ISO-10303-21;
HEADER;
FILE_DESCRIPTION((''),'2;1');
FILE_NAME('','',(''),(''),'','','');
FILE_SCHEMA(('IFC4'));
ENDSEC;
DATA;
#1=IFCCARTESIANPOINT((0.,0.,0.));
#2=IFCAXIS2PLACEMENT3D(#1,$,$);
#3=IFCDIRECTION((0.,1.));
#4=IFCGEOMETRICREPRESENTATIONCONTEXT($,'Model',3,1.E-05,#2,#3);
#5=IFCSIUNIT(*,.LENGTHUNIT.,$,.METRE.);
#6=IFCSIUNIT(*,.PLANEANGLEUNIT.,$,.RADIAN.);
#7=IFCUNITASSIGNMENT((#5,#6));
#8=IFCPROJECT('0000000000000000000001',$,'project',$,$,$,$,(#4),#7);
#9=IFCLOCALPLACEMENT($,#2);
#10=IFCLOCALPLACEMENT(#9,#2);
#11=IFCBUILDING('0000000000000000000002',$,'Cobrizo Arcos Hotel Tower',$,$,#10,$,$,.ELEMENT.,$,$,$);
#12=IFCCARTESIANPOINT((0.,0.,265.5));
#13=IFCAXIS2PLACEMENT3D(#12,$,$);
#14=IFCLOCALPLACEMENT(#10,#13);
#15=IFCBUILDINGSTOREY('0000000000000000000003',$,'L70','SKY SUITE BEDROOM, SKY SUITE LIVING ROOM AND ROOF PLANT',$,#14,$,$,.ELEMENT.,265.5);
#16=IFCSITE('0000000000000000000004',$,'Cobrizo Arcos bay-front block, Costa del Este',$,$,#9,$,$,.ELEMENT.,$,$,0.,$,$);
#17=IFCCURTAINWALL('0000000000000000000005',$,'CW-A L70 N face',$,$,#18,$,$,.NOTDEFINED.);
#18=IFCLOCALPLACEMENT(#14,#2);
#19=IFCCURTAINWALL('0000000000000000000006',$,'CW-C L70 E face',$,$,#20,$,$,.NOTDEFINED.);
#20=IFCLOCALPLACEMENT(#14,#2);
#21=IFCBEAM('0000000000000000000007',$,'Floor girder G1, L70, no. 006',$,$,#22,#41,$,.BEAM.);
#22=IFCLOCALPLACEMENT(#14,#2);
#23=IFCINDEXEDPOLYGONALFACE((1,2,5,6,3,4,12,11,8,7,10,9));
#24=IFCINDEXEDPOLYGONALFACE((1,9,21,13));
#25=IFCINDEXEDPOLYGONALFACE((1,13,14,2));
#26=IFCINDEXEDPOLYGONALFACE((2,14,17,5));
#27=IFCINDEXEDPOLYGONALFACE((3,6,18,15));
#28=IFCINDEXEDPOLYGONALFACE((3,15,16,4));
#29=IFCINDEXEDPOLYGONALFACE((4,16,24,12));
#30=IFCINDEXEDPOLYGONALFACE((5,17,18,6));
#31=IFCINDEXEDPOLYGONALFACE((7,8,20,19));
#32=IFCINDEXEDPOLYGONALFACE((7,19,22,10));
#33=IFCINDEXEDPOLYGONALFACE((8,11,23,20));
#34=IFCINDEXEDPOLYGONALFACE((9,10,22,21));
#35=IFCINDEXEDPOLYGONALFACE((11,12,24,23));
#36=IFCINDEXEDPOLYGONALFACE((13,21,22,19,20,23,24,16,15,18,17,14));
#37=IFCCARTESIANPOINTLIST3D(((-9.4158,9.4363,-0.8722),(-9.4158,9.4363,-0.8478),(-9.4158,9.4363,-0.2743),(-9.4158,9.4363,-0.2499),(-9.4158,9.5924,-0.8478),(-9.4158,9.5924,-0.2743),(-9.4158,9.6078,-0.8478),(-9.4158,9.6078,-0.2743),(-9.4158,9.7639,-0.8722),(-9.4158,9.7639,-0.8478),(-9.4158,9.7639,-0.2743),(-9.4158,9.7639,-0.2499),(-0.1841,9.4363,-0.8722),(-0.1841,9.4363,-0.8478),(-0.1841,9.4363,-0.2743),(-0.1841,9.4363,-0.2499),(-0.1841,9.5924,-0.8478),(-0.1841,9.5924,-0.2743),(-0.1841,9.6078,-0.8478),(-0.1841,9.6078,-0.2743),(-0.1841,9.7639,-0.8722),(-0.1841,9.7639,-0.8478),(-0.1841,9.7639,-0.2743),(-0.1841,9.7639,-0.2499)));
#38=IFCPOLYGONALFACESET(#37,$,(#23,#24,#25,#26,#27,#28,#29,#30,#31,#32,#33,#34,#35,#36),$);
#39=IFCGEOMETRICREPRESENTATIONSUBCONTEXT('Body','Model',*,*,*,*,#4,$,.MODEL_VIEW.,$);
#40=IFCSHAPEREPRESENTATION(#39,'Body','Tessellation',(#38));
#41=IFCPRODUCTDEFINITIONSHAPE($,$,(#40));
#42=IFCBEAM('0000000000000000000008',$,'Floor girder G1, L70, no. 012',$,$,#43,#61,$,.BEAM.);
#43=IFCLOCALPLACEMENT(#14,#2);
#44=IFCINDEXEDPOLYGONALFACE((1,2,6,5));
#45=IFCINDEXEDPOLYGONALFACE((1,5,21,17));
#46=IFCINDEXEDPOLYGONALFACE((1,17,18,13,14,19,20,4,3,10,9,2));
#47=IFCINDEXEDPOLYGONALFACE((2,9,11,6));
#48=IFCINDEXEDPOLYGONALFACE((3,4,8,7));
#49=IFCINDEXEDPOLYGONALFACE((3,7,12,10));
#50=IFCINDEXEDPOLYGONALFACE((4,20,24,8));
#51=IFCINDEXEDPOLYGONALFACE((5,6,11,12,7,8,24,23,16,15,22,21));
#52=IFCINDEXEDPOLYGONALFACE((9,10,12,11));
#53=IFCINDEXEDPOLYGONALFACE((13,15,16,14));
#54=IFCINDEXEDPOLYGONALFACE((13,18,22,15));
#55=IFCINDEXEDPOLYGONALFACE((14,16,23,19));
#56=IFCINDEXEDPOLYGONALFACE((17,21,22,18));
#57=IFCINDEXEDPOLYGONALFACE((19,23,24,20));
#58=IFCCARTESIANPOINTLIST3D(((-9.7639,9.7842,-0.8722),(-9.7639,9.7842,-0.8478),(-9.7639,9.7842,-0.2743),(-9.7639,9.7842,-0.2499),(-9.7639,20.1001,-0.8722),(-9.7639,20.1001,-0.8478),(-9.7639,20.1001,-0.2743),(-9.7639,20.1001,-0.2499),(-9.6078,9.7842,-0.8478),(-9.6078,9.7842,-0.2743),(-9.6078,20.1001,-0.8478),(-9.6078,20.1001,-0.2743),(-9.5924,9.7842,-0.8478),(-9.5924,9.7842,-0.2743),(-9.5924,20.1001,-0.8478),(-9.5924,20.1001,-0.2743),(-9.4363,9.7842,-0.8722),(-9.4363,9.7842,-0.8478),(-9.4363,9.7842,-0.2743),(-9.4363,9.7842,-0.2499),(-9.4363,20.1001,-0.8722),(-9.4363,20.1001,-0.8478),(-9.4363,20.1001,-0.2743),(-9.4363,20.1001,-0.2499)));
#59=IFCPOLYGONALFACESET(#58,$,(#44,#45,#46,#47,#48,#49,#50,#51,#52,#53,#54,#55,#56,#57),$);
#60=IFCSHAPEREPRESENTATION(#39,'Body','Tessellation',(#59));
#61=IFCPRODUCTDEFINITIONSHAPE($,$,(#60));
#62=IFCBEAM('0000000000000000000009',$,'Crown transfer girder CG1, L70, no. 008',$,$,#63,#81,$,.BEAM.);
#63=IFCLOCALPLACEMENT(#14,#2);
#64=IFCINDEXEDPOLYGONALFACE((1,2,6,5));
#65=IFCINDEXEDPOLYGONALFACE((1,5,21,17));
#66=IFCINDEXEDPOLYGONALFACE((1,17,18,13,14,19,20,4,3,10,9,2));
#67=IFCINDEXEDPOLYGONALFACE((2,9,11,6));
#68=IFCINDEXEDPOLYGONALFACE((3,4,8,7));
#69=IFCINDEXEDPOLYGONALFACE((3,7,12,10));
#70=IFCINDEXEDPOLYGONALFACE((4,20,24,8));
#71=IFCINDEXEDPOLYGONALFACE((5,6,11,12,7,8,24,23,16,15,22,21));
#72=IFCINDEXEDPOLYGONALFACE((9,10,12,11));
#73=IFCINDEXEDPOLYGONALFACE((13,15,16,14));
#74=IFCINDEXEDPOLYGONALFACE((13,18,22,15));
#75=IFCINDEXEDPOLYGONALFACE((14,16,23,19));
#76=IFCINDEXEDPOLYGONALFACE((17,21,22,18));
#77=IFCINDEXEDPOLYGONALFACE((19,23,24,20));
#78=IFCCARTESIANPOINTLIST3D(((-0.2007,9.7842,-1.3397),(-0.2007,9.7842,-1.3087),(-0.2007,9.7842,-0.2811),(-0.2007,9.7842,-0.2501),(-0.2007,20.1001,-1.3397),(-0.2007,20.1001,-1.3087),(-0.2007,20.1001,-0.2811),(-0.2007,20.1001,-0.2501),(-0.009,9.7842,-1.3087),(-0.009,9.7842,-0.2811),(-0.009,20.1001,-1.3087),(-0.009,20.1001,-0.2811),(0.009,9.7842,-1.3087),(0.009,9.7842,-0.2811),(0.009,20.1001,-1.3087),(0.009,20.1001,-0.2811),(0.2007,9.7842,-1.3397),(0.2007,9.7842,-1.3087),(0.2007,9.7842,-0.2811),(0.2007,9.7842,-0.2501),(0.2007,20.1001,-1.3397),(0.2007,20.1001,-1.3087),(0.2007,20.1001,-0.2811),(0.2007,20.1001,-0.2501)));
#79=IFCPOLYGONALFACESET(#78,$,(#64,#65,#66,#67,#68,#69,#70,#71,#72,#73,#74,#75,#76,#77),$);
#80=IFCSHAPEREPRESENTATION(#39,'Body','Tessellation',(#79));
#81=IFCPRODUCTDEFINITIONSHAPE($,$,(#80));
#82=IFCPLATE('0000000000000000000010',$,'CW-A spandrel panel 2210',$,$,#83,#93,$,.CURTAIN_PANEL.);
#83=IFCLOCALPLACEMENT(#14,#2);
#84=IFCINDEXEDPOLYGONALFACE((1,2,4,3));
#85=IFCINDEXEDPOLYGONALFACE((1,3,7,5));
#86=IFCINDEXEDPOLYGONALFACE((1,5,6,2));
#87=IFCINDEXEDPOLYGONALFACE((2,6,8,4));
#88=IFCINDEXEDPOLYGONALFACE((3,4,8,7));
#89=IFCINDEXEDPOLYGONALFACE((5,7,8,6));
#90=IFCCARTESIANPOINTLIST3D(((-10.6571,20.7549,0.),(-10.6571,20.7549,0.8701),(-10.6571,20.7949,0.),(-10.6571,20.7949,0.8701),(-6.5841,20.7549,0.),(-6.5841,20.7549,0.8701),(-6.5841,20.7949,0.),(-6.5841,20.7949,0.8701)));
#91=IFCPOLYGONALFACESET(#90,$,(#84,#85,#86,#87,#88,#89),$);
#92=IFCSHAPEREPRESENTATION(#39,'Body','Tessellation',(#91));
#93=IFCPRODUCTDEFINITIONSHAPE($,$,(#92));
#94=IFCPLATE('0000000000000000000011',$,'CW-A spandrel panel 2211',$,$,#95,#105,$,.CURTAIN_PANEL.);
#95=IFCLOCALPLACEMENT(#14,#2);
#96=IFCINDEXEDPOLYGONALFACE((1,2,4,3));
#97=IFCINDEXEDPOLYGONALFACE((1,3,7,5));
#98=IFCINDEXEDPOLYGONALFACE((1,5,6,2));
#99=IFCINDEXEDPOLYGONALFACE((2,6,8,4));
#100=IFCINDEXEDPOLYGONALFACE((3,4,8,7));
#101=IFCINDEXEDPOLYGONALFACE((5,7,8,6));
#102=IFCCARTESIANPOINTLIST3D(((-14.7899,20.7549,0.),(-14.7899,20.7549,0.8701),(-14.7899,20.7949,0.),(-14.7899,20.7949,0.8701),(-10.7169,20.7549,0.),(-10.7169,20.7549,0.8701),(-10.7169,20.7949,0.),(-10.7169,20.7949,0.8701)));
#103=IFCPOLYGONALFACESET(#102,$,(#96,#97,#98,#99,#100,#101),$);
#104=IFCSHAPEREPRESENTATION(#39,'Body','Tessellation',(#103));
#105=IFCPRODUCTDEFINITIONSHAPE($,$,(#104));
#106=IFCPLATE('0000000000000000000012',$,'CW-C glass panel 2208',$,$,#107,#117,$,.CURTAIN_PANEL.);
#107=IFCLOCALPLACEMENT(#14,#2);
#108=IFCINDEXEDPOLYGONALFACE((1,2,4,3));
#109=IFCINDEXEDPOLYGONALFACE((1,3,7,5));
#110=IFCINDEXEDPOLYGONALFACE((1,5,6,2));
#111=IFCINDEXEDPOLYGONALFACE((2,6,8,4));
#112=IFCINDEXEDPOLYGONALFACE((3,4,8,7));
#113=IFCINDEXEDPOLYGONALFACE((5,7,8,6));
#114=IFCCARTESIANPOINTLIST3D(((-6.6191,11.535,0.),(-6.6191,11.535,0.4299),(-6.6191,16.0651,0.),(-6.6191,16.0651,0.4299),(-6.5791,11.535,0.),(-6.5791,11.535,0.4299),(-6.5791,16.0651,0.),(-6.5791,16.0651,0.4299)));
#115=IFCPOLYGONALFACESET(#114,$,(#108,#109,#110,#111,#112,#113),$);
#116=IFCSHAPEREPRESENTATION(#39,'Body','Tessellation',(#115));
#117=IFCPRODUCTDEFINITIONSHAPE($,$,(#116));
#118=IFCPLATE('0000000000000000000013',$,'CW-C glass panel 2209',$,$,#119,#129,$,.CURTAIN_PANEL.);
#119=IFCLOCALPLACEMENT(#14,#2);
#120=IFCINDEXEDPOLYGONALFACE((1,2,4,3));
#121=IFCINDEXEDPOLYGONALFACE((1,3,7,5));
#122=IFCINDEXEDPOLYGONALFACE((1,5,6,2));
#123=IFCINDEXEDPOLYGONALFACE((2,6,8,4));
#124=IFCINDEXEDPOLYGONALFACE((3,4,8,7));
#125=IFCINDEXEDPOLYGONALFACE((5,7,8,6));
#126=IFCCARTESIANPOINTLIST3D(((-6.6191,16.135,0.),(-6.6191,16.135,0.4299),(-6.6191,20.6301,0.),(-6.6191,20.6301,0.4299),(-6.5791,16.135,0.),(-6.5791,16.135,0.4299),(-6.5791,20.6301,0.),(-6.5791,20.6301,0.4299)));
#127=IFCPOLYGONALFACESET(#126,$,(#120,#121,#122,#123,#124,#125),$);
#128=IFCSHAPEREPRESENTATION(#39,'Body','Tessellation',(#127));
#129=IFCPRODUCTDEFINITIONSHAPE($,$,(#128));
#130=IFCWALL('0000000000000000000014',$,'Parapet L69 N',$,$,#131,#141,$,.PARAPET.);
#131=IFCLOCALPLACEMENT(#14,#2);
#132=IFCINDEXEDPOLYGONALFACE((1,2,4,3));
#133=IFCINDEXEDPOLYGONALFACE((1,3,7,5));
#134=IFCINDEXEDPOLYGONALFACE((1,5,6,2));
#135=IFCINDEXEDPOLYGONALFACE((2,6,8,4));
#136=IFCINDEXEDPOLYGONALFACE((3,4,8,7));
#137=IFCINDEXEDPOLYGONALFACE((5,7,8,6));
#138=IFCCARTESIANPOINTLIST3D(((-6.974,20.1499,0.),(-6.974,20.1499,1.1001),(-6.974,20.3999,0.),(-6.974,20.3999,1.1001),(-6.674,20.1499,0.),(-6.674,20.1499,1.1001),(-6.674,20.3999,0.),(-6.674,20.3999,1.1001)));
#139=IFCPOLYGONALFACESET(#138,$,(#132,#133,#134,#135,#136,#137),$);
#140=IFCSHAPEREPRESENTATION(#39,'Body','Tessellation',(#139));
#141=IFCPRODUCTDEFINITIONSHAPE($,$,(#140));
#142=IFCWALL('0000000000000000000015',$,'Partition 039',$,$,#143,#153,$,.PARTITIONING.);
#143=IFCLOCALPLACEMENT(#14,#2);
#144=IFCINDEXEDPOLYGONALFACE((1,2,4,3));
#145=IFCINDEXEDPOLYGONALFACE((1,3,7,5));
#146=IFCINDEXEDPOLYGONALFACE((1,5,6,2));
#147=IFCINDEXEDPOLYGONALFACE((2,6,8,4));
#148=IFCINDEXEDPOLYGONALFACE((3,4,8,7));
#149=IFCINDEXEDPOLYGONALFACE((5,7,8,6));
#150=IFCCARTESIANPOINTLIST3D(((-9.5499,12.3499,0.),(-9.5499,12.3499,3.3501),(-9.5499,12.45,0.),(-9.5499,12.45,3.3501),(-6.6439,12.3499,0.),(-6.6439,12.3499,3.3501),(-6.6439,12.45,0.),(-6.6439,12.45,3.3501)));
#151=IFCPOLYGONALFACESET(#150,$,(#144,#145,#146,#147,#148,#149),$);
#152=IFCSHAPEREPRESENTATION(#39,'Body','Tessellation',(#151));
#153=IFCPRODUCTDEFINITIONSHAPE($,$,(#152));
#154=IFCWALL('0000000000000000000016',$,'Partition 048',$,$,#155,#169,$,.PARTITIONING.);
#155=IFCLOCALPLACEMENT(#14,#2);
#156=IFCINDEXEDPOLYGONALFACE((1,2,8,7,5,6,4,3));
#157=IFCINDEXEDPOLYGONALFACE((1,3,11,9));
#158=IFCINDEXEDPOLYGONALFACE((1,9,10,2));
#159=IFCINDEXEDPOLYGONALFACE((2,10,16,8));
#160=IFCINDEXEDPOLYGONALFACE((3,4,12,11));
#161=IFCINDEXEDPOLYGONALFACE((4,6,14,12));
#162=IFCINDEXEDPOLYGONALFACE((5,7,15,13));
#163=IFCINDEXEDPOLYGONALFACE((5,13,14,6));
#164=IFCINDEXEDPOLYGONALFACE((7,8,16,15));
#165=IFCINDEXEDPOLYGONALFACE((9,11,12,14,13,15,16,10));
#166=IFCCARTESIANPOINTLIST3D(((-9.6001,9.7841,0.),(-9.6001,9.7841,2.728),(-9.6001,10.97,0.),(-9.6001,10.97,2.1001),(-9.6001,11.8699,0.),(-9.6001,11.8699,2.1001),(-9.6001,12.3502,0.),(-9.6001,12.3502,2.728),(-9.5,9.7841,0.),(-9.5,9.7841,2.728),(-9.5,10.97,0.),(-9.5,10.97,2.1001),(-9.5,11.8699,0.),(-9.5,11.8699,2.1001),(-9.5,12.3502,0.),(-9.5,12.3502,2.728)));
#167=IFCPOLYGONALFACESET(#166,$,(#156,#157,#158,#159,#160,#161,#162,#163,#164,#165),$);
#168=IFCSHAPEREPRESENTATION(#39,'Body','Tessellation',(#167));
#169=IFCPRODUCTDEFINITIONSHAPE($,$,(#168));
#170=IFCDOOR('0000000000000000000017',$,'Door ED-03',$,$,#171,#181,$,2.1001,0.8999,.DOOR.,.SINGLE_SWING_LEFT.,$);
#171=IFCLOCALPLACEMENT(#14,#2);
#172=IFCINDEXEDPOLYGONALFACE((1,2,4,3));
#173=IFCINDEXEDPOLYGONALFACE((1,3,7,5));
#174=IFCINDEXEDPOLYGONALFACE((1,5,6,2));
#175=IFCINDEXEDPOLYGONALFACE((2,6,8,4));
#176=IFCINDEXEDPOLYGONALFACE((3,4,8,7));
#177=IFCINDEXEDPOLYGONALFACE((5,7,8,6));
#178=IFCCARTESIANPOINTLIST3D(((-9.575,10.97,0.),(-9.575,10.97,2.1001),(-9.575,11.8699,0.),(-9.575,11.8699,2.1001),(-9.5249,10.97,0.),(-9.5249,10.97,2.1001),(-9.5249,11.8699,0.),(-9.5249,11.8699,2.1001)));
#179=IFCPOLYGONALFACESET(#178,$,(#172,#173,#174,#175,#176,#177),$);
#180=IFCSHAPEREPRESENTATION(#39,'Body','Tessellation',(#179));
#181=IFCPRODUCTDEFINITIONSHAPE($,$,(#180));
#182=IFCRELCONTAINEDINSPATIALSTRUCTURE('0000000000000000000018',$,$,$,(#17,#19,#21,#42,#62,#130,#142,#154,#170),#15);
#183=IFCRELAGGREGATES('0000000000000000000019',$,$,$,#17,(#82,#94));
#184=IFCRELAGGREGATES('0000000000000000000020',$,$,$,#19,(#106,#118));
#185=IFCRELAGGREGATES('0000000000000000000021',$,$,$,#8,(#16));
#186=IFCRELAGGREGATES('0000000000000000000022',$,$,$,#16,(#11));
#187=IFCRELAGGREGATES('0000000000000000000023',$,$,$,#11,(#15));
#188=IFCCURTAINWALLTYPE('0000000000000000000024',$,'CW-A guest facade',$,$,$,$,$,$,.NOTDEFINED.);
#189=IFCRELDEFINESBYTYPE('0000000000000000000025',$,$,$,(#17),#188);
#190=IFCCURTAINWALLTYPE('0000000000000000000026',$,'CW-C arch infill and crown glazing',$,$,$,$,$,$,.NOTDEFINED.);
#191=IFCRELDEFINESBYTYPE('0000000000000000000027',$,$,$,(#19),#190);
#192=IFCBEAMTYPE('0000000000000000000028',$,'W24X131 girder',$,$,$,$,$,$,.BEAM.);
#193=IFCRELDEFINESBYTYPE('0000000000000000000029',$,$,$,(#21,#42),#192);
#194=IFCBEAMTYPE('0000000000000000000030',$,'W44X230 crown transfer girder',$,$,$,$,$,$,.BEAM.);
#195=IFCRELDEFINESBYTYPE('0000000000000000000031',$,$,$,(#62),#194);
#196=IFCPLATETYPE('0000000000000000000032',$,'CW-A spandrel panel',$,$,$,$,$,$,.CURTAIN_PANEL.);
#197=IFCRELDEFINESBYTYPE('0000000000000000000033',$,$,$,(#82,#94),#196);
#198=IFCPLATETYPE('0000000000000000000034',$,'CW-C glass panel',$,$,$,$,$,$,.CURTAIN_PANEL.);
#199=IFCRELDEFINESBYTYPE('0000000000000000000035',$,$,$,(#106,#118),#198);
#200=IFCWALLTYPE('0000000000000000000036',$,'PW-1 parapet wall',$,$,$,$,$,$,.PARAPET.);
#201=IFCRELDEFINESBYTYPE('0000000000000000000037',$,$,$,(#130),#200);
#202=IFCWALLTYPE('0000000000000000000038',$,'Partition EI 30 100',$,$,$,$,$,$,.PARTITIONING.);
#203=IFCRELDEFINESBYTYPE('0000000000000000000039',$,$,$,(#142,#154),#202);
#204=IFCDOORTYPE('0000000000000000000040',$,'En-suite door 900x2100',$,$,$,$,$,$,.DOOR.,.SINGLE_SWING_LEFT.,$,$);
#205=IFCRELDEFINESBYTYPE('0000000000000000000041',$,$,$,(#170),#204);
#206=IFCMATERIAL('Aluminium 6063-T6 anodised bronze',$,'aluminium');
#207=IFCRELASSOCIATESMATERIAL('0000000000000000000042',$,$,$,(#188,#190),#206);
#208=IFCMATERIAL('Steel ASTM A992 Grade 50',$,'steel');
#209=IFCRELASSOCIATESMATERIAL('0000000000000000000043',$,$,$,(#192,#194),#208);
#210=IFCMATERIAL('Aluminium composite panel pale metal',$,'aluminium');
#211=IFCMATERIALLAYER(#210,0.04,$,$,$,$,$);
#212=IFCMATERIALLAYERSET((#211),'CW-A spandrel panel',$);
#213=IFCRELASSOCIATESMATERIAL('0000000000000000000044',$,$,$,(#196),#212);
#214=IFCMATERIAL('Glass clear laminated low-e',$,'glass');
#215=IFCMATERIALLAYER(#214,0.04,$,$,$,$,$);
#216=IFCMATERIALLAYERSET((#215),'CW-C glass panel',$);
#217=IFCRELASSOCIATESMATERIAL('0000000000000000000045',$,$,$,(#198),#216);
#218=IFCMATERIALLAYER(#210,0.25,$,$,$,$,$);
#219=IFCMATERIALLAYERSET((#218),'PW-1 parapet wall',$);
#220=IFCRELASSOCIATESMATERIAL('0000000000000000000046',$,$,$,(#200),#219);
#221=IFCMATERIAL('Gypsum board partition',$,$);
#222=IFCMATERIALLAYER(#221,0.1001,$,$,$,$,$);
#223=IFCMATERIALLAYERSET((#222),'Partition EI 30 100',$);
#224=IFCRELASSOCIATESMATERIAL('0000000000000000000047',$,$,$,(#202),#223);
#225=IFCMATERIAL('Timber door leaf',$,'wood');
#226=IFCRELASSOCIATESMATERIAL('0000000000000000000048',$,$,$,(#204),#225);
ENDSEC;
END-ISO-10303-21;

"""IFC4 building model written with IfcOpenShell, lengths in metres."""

from ifc_helpers import new_model, si_unit, direction, frame, frame_2d, origin, origin_2d, place, context, subcontext, project, spatial, rectangle, i_section, extrude, material, layer, layer_set, material_profile, profile_set, type_object, element, fill, aggregate, save


model = new_model("IFC4")

# Units and contexts
model_context = context("Model", 3, precision=1e-05, world=origin(), true_north=direction((0.0, 1.0)))
body_context = subcontext(model_context, "Body", "Model", "MODEL_VIEW")
ifc_project = project(units=[si_unit("LENGTHUNIT", "METRE"), si_unit("PLANEANGLEUNIT", "RADIAN")], contexts=[model_context])

# Site, building, storey
site_placement = place(None, origin())
site = spatial("IfcSite", under=ifc_project, at=site_placement, Name="Cobrizo Arcos bay-front block, Costa del Este", CompositionType="ELEMENT", RefElevation=0.0)
building_placement = place(site_placement, origin())
building = spatial("IfcBuilding", under=site, at=building_placement, Name="Cobrizo Arcos Hotel Tower", CompositionType="ELEMENT")
storey_placement = place(building_placement, frame((0.0, 0.0, 265.5)))
storey = spatial("IfcBuildingStorey", under=building, at=storey_placement, Name="L70", Description="SKY SUITE BEDROOM, SKY SUITE LIVING ROOM AND ROOF PLANT", CompositionType="ELEMENT", Elevation=265.5)

# Shared definitions
ifc_material_1 = material(Name="Steel ASTM A992 Grade 50", Category="steel")

# Curtain walls
ifc_material_2 = material(Name="Aluminium 6063-T6 anodised bronze", Category="aluminium")
curtain_wall_type_1 = type_object("IfcCurtainWallType", Name="CW-A guest facade", PredefinedType="NOTDEFINED", material=ifc_material_2)
curtain_wall_1_placement = place(storey_placement, origin())
curtain_wall_1 = element("IfcCurtainWall", 1, at=curtain_wall_1_placement, inside=storey, type_object=curtain_wall_type_1, Name="CW-A L70 N face", PredefinedType="NOTDEFINED")
curtain_wall_type_2 = type_object("IfcCurtainWallType", Name="CW-C arch infill and crown glazing", PredefinedType="NOTDEFINED", material=ifc_material_2)
curtain_wall_2_placement = place(storey_placement, origin())
curtain_wall_2 = element("IfcCurtainWall", 2, at=curtain_wall_2_placement, inside=storey, type_object=curtain_wall_type_2, Name="CW-C L70 E face", PredefinedType="NOTDEFINED")

# Beams
ifc_material_profile_1 = material_profile(ifc_material_1, i_section(OverallWidth=0.3276, OverallDepth=0.6223, WebThickness=0.0154, FlangeThickness=0.0244, at=origin_2d()), Name="W24X131")
ifc_profile_set_1 = profile_set([ifc_material_profile_1], Name="Steel ASTM A992 Grade 50")
beam_type_1 = type_object("IfcBeamType", Name="W24X131 girder", PredefinedType="BEAM", material=ifc_profile_set_1)
beam_1_placement = place(storey_placement, frame((-9.4158, 9.6001, -0.561), z_axis=(1.0, 0.0, 0.0), x_axis=(0.0, 1.0, 0.0)))
element("IfcBeam", 3, at=beam_1_placement, inside=storey, type_object=beam_type_1, Name="Floor girder G1, L70, no. 006", PredefinedType="BEAM", context=body_context, shape_type="SweptSolid", body=[
    extrude(i_section(OverallWidth=0.3276, OverallDepth=0.6223, WebThickness=0.0154, FlangeThickness=0.0244, at=origin_2d()), origin(), (0.0, 0.0, 1.0), 9.2317),
])
beam_2_placement = place(storey_placement, frame((-9.6001, 9.7842, -0.561), z_axis=(0.0, 1.0, 0.0), x_axis=(-1.0, 0.0, 0.0)))
element("IfcBeam", 4, at=beam_2_placement, inside=storey, type_object=beam_type_1, Name="Floor girder G1, L70, no. 012", PredefinedType="BEAM", context=body_context, shape_type="SweptSolid", body=[
    extrude(i_section(OverallWidth=0.3276, OverallDepth=0.6223, WebThickness=0.0154, FlangeThickness=0.0244, at=origin_2d()), origin(), (0.0, 0.0, 1.0), 10.3159),
])
ifc_material_profile_2 = material_profile(ifc_material_1, i_section(OverallWidth=0.4014, OverallDepth=1.0896, WebThickness=0.0181, FlangeThickness=0.031, at=origin_2d()), Name="W44X230")
ifc_profile_set_2 = profile_set([ifc_material_profile_2], Name="Steel ASTM A992 Grade 50")
beam_type_2 = type_object("IfcBeamType", Name="W44X230 crown transfer girder", PredefinedType="BEAM", material=ifc_profile_set_2)
beam_3_placement = place(storey_placement, frame((0.0, 9.7842, -0.7949), z_axis=(0.0, 1.0, 0.0), x_axis=(-1.0, 0.0, 0.0)))
element("IfcBeam", 5, at=beam_3_placement, inside=storey, type_object=beam_type_2, Name="Crown transfer girder CG1, L70, no. 008", PredefinedType="BEAM", context=body_context, shape_type="SweptSolid", body=[
    extrude(i_section(OverallWidth=0.4014, OverallDepth=1.0896, WebThickness=0.0181, FlangeThickness=0.031, at=origin_2d()), origin(), (0.0, 0.0, 1.0), 10.3159),
])

# Plates
ifc_material_3 = material(Name="Aluminium composite panel pale metal", Category="aluminium")
ifc_layer_1 = layer(ifc_material_3, 0.04)
ifc_layer_set_1 = layer_set([ifc_layer_1], Name="CW-A spandrel panel")
plate_type_1 = type_object("IfcPlateType", Name="CW-A spandrel panel", PredefinedType="CURTAIN_PANEL", material=ifc_layer_set_1)
plate_1_placement = place(storey_placement, frame((-8.6206, 20.7749, 0.0), z_axis=(0.0, 0.0, 1.0), x_axis=(-1.0, 0.0, 0.0)))
plate_1 = element("IfcPlate", 6, at=plate_1_placement, type_object=plate_type_1, Name="CW-A spandrel panel 2210", PredefinedType="CURTAIN_PANEL", context=body_context, shape_type="SweptSolid", body=[
    extrude(rectangle(XDim=4.073, YDim=0.04, at=origin_2d()), origin(), (0.0, 0.0, 1.0), 0.8701),
])
plate_2_placement = place(storey_placement, frame((-12.7534, 20.7749, 0.0), z_axis=(0.0, 0.0, 1.0), x_axis=(-1.0, 0.0, 0.0)))
plate_2 = element("IfcPlate", 7, at=plate_2_placement, type_object=plate_type_1, Name="CW-A spandrel panel 2211", PredefinedType="CURTAIN_PANEL", context=body_context, shape_type="SweptSolid", body=[
    extrude(rectangle(XDim=4.073, YDim=0.04, at=origin_2d()), origin(), (0.0, 0.0, 1.0), 0.8701),
])
aggregate(curtain_wall_1, [plate_1, plate_2])
ifc_material_4 = material(Name="Glass clear laminated low-e", Category="glass")
ifc_layer_2 = layer(ifc_material_4, 0.04)
ifc_layer_set_2 = layer_set([ifc_layer_2], Name="CW-C glass panel")
plate_type_2 = type_object("IfcPlateType", Name="CW-C glass panel", PredefinedType="CURTAIN_PANEL", material=ifc_layer_set_2)
plate_3_placement = place(storey_placement, frame((-6.5991, 13.8, 0.0), z_axis=(0.0, 0.0, 1.0), x_axis=(0.0, 1.0, 0.0)))
plate_3 = element("IfcPlate", 8, at=plate_3_placement, type_object=plate_type_2, Name="CW-C glass panel 2208", PredefinedType="CURTAIN_PANEL", context=body_context, shape_type="SweptSolid", body=[
    extrude(rectangle(XDim=4.53, YDim=0.04, at=origin_2d()), origin(), (0.0, 0.0, 1.0), 0.4299),
])
plate_4_placement = place(storey_placement, frame((-6.5991, 18.3826, 0.0), z_axis=(0.0, 0.0, 1.0), x_axis=(0.0, 1.0, 0.0)))
plate_4 = element("IfcPlate", 9, at=plate_4_placement, type_object=plate_type_2, Name="CW-C glass panel 2209", PredefinedType="CURTAIN_PANEL", context=body_context, shape_type="SweptSolid", body=[
    extrude(rectangle(XDim=4.4951, YDim=0.04, at=origin_2d()), origin(), (0.0, 0.0, 1.0), 0.4299),
])
aggregate(curtain_wall_2, [plate_3, plate_4])

# Walls
ifc_layer_3 = layer(ifc_material_3, 0.25)
ifc_layer_set_3 = layer_set([ifc_layer_3], Name="PW-1 parapet wall")
wall_type_1 = type_object("IfcWallType", Name="PW-1 parapet wall", PredefinedType="PARAPET", material=ifc_layer_set_3)
wall_1_placement = place(storey_placement, frame((-6.6741, 20.2749, 0.0), z_axis=(0.0, 0.0, 1.0), x_axis=(-1.0, 0.0, 0.0)))
element("IfcWall", 10, at=wall_1_placement, inside=storey, type_object=wall_type_1, Name="Parapet L69 N", PredefinedType="PARAPET", context=body_context, shape_type="SweptSolid", body=[
    extrude(rectangle(XDim=0.3, YDim=0.25, at=frame_2d((0.1499, 0.0))), origin(), (0.0, 0.0, 1.0), 1.1001),
])
ifc_material_5 = material(Name="Gypsum board partition")
ifc_layer_4 = layer(ifc_material_5, 0.1001)
ifc_layer_set_4 = layer_set([ifc_layer_4], Name="Partition EI 30 100")
wall_type_2 = type_object("IfcWallType", Name="Partition EI 30 100", PredefinedType="PARTITIONING", material=ifc_layer_set_4)
wall_2_placement = place(storey_placement, frame((-9.55, 12.3999, 0.0), z_axis=(0.0, 0.0, 1.0), x_axis=(1.0, 0.0, 0.0)))
element("IfcWall", 11, at=wall_2_placement, inside=storey, type_object=wall_type_2, Name="Partition 039", PredefinedType="PARTITIONING", context=body_context, shape_type="SweptSolid", body=[
    extrude(rectangle(XDim=2.906, YDim=0.1001, at=frame_2d((1.4531, 0.0))), origin(), (0.0, 0.0, 1.0), 3.3501),
])

# Wall, opening, door
wall_3_placement = place(storey_placement, frame((-9.55, 9.7839, 0.0), z_axis=(0.0, 0.0, 1.0), x_axis=(0.0, 1.0, 0.0)))
wall_3 = element("IfcWall", 12, at=wall_3_placement, inside=storey, type_object=wall_type_2, Name="Partition 048", PredefinedType="PARTITIONING", context=body_context, shape_type="SweptSolid", body=[
    extrude(rectangle(XDim=2.5662, YDim=0.1001, at=frame_2d((1.2832, 0.0))), origin(), (0.0, 0.0, 1.0), 2.728),
])
opening_placement = place(wall_3_placement, frame((1.186, 0.0, 0.0)))
opening = element("IfcOpeningElement", 13, at=opening_placement, cuts=wall_3, PredefinedType="OPENING", context=body_context, shape_type="SweptSolid", body=[
    extrude(rectangle(XDim=0.8999, YDim=2.1001, at=frame_2d((0.45, 1.05))), frame((0.0, 0.062, 0.0), z_axis=(0.0, -1.0, 0.0), x_axis=(1.0, 0.0, 0.0)), (0.0, 0.0, 1.0), 0.124),
])
ifc_material_6 = material(Name="Timber door leaf", Category="wood")
door_type = type_object("IfcDoorType", Name="En-suite door 900x2100", OperationType="SINGLE_SWING_LEFT", PredefinedType="DOOR", material=ifc_material_6)
door_placement = place(opening_placement, origin())
door = element("IfcDoor", 14, at=door_placement, inside=storey, type_object=door_type, Name="Door ED-03", OperationType="SINGLE_SWING_LEFT", OverallHeight=2.1001, OverallWidth=0.8999, PredefinedType="DOOR", context=body_context, shape_type="SweptSolid", body=[
    extrude(rectangle(XDim=0.8999, YDim=2.1001, at=frame_2d((0.45, 1.05))), frame((0.0, 0.0249, 0.0), z_axis=(0.0, -1.0, 0.0), x_axis=(1.0, 0.0, 0.0)), (0.0, 0.0, 1.0), 0.05),
])
fill(opening, door)

save(model, "model.ifc")
